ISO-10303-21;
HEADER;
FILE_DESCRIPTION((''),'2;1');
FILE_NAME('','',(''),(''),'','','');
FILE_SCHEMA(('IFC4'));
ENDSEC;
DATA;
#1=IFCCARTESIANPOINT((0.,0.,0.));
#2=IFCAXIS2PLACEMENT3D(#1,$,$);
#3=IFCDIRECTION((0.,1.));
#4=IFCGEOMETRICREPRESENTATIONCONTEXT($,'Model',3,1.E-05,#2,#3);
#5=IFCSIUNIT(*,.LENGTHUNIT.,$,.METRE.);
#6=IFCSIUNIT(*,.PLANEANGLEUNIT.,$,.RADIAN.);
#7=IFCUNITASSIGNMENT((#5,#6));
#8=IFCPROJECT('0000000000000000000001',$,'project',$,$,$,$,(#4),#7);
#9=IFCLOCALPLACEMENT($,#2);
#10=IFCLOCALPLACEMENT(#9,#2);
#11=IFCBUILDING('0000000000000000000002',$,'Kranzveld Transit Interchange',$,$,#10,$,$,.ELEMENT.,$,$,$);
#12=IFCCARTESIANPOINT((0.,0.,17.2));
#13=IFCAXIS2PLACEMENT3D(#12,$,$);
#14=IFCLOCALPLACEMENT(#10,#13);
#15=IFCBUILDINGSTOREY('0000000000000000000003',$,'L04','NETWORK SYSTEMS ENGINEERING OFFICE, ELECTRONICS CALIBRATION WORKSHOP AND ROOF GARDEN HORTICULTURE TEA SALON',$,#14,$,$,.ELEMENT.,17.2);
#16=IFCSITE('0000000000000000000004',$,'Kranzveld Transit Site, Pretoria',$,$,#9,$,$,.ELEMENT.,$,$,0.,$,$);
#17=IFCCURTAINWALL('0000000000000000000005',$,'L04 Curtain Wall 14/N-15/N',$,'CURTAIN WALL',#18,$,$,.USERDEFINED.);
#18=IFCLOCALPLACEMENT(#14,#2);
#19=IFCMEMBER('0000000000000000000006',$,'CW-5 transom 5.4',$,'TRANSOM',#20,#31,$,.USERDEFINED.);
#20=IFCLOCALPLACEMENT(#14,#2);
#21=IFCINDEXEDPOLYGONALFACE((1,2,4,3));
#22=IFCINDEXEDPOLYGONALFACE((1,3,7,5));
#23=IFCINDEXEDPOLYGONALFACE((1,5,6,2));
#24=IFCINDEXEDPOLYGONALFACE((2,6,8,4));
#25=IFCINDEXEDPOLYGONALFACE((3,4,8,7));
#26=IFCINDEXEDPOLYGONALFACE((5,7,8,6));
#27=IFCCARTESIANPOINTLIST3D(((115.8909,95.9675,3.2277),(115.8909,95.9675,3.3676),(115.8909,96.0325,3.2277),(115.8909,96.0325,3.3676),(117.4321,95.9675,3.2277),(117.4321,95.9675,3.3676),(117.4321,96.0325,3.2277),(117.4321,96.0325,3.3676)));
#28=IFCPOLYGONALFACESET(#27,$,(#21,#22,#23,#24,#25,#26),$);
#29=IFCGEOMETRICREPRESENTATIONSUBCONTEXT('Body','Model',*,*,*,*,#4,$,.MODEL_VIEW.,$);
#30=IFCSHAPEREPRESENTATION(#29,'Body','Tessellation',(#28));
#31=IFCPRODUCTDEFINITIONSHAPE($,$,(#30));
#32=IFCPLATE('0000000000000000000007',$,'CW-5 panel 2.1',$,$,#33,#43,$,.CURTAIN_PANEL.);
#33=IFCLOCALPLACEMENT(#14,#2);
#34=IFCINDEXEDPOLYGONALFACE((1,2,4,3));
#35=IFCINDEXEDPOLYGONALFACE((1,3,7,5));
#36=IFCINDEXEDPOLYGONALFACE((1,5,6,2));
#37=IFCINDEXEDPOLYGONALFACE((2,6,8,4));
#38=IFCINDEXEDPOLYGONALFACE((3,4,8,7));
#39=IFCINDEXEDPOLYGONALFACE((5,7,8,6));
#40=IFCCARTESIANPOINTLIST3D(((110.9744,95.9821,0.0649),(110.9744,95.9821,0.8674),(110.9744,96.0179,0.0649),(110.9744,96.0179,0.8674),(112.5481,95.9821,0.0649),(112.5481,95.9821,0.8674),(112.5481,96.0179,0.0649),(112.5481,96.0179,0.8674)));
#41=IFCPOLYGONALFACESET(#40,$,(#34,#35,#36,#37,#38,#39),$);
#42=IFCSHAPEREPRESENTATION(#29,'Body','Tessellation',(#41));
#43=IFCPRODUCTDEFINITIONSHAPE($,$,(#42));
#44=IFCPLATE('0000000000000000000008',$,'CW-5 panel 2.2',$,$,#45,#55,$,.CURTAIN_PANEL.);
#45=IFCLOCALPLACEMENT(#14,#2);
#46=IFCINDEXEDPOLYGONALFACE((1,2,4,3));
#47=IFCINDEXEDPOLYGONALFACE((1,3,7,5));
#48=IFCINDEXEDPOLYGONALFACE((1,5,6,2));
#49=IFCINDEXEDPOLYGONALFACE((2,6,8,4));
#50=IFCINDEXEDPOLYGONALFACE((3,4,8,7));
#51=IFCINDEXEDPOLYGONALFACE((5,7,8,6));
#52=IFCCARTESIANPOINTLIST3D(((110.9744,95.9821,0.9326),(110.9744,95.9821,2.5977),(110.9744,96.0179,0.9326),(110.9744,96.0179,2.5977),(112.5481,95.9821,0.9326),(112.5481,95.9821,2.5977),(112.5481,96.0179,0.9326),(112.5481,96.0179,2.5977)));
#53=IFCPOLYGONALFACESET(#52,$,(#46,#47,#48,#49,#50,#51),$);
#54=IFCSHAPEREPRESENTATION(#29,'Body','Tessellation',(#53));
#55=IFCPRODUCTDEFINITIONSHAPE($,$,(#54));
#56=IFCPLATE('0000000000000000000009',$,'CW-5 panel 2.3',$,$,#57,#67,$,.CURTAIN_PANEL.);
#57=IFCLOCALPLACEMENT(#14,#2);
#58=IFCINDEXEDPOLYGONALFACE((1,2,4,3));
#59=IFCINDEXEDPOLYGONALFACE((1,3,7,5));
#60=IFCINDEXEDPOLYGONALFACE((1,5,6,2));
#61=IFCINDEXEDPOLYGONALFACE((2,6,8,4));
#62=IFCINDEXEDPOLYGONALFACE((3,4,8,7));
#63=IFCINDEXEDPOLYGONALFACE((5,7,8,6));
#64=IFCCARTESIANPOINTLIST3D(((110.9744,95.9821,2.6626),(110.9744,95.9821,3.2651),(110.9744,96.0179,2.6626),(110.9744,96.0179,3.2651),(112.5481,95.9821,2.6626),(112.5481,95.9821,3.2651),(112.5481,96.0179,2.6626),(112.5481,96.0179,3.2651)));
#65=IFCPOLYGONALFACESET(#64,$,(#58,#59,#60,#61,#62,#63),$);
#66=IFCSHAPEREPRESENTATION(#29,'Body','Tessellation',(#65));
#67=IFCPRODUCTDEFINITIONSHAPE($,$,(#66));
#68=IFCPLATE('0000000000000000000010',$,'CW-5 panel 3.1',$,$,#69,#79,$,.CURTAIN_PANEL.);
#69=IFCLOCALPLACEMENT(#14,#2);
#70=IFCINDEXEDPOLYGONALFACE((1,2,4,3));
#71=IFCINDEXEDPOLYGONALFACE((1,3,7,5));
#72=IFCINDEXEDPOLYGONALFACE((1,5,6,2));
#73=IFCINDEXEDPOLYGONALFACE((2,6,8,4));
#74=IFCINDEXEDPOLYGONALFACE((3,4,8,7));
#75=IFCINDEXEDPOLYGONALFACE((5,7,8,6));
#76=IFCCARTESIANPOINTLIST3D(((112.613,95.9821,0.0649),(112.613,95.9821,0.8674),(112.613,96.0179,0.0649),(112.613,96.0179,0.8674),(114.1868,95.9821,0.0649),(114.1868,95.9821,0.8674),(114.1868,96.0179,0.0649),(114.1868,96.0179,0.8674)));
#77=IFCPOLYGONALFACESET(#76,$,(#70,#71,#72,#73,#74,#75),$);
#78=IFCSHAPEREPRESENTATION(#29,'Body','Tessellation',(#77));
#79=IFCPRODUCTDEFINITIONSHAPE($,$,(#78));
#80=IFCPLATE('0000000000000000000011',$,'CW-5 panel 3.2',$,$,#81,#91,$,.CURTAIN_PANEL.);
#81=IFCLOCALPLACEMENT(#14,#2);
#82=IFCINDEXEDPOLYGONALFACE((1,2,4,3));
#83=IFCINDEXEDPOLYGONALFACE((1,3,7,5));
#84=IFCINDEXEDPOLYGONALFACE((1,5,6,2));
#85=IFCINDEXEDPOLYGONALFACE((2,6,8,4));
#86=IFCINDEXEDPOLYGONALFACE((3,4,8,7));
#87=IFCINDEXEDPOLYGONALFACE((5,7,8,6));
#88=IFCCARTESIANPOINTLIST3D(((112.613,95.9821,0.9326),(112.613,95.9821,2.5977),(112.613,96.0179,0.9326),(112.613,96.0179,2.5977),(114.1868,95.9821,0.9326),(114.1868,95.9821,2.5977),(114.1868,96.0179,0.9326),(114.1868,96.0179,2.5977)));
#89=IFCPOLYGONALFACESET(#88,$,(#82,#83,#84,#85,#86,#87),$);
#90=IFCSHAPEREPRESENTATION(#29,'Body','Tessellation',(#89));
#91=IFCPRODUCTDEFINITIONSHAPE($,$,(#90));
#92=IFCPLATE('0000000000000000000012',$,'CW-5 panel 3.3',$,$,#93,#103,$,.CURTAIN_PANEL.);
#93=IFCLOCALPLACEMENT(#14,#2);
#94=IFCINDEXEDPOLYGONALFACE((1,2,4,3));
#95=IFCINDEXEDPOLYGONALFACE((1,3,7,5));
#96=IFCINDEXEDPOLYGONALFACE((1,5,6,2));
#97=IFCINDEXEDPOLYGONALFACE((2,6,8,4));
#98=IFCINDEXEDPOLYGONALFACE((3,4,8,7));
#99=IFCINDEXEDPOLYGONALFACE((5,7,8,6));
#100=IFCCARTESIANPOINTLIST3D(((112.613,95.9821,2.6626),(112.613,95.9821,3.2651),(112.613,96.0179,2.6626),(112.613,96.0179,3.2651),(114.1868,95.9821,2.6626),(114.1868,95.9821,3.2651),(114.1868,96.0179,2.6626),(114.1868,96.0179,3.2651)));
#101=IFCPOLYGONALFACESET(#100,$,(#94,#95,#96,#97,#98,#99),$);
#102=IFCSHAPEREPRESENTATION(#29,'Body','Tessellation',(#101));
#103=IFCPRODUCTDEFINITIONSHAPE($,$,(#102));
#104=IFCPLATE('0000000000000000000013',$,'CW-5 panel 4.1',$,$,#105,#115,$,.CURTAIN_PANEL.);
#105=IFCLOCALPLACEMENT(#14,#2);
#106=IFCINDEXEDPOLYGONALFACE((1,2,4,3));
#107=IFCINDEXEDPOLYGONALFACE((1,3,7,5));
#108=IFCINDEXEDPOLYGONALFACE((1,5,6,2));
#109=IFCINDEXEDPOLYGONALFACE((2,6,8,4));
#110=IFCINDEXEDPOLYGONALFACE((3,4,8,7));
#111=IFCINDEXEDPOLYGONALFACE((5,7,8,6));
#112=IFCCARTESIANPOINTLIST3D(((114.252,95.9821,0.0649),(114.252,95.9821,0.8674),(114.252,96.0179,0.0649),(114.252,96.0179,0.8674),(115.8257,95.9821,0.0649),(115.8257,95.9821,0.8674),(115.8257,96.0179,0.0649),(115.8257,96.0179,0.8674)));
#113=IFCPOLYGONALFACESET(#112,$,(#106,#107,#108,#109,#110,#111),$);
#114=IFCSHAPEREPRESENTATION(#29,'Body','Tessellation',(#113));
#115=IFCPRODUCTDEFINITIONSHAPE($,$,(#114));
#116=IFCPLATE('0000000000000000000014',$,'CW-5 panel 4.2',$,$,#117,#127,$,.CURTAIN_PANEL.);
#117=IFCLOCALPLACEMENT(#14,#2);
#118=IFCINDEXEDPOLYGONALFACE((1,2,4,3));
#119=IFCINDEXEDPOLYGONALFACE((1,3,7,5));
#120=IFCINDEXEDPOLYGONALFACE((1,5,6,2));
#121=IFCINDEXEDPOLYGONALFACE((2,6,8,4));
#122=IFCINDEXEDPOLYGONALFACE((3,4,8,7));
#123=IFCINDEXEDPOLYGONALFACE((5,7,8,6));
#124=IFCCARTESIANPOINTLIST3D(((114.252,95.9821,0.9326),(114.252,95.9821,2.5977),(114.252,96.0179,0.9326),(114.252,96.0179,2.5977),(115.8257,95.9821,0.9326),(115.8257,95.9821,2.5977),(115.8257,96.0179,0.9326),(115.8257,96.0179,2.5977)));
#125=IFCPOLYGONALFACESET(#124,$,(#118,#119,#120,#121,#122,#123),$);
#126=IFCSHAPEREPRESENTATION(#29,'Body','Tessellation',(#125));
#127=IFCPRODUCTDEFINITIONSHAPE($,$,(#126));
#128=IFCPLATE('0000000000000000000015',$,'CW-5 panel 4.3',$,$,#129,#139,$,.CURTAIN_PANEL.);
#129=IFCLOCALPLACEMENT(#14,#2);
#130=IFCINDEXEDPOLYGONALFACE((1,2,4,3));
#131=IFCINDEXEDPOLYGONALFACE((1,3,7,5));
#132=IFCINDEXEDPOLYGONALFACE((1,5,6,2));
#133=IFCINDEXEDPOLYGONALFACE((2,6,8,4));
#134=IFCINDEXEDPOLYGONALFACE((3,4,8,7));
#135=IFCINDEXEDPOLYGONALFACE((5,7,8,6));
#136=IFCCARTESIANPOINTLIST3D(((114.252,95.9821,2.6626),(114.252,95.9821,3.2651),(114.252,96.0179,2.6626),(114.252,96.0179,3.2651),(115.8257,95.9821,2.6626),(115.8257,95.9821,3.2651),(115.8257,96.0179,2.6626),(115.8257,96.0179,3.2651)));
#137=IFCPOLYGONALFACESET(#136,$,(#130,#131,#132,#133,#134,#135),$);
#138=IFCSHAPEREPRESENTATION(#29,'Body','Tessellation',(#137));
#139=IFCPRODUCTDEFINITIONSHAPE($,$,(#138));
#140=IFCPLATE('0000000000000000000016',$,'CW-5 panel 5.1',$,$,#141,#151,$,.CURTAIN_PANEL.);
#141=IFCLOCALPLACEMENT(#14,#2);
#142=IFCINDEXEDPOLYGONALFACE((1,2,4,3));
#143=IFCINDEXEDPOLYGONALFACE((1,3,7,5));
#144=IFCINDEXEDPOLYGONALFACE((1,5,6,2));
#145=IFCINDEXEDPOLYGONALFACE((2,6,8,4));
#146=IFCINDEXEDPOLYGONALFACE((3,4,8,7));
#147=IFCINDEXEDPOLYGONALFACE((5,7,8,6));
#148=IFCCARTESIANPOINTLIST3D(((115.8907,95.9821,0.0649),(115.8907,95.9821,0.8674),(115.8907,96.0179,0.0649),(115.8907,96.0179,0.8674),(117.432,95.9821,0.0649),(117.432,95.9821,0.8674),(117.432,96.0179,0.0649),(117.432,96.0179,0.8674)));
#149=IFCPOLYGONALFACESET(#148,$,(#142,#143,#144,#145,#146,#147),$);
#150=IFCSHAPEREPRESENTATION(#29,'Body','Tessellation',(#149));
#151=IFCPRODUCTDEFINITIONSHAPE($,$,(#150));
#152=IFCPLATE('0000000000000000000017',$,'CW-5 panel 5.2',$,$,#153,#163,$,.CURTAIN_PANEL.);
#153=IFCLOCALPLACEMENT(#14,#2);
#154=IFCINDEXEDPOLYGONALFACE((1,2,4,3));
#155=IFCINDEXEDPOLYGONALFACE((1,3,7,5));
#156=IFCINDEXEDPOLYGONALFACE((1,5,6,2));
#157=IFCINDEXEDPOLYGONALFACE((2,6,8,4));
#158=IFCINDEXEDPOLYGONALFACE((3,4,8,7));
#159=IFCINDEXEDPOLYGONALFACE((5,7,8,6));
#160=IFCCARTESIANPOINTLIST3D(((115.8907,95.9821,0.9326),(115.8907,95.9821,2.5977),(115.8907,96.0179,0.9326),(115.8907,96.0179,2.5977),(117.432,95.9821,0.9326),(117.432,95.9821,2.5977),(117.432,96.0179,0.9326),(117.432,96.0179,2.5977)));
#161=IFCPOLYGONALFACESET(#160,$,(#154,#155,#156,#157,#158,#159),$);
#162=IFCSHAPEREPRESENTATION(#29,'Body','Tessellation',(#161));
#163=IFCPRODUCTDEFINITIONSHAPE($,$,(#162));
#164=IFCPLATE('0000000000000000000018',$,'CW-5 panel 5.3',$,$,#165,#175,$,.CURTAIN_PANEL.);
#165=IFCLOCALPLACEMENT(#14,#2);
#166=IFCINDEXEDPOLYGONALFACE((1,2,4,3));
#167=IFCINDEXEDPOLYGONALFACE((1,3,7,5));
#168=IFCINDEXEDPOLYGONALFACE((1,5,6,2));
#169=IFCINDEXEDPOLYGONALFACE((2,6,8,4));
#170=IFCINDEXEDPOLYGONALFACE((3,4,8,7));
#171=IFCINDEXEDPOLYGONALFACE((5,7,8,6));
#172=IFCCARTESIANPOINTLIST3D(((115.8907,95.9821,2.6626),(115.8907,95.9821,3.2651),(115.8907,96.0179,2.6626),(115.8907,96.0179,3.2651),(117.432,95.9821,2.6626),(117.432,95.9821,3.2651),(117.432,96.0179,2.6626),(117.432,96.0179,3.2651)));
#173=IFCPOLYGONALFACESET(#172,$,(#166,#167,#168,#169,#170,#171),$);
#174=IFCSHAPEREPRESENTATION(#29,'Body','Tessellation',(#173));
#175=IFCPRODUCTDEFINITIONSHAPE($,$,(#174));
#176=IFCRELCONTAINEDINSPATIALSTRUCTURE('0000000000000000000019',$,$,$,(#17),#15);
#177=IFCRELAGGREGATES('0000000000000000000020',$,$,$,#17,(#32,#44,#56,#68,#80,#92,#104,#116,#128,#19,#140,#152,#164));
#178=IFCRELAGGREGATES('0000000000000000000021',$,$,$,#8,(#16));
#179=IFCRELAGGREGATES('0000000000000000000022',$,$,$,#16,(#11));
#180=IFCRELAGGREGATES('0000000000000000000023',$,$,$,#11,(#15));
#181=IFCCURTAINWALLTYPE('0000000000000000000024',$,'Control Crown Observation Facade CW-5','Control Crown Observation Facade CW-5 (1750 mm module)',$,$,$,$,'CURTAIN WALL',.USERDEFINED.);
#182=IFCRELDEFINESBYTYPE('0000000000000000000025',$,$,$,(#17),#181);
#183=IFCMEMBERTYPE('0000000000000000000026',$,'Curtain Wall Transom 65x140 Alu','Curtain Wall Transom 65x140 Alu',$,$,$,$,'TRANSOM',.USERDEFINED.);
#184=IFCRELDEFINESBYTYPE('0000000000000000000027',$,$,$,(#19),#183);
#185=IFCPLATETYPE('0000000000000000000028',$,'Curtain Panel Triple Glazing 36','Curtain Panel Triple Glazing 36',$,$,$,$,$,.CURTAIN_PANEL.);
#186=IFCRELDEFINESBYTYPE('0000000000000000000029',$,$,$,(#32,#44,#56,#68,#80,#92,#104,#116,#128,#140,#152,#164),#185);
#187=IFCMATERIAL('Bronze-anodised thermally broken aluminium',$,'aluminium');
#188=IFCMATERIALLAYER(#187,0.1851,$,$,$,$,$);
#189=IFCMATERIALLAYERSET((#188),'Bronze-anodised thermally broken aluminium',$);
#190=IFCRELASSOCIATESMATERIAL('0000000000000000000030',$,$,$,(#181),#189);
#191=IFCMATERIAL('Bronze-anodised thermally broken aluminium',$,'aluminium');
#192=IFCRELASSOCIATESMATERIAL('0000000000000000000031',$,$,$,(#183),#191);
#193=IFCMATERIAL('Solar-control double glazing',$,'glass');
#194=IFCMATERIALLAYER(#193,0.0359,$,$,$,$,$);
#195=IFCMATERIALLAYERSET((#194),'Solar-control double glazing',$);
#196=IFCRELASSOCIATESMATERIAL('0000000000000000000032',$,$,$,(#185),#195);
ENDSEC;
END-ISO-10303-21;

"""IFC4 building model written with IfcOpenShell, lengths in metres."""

from ifc_helpers import new_model, si_unit, direction, frame, origin, origin_2d, place, context, subcontext, project, spatial, rectangle, extrude, material, layer, layer_set, material_profile, profile_set, type_object, element, aggregate, save


model = new_model("IFC4")

# Units and contexts
model_context = context("Model", 3, precision=1e-05, world=origin(), true_north=direction((0.0, 1.0)))
body_context = subcontext(model_context, "Body", "Model", "MODEL_VIEW")
ifc_project = project(units=[si_unit("LENGTHUNIT", "METRE"), si_unit("PLANEANGLEUNIT", "RADIAN")], contexts=[model_context])

# Site, building, storey
site_placement = place(None, origin())
site = spatial("IfcSite", under=ifc_project, at=site_placement, Name="Kranzveld Transit Site, Pretoria", CompositionType="ELEMENT", RefElevation=0.0)
building_placement = place(site_placement, origin())
building = spatial("IfcBuilding", under=site, at=building_placement, Name="Kranzveld Transit Interchange", CompositionType="ELEMENT")
storey_placement = place(building_placement, frame((0.0, 0.0, 17.2)))
storey = spatial("IfcBuildingStorey", under=building, at=storey_placement, Name="L04", Description="NETWORK SYSTEMS ENGINEERING OFFICE, ELECTRONICS CALIBRATION WORKSHOP AND ROOF GARDEN HORTICULTURE TEA SALON", CompositionType="ELEMENT", Elevation=17.2)

# Curtain wall, member, plates
ifc_material_1 = material(Name="Bronze-anodised thermally broken aluminium", Category="aluminium")
ifc_layer_1 = layer(ifc_material_1, 0.1851)
ifc_layer_set_1 = layer_set([ifc_layer_1], Name="Bronze-anodised thermally broken aluminium")
curtain_wall_type = type_object("IfcCurtainWallType", Name="Control Crown Observation Facade CW-5", Description="Control Crown Observation Facade CW-5 (1750 mm module)", ElementType="CURTAIN WALL", PredefinedType="USERDEFINED", material=ifc_layer_set_1)
curtain_wall_placement = place(storey_placement, origin())
curtain_wall = element("IfcCurtainWall", 1, at=curtain_wall_placement, inside=storey, type_object=curtain_wall_type, Name="L04 Curtain Wall 14/N-15/N", ObjectType="CURTAIN WALL", PredefinedType="USERDEFINED")
ifc_material_2 = material(Name="Bronze-anodised thermally broken aluminium", Category="aluminium")
ifc_material_profile_1 = material_profile(ifc_material_2, rectangle(XDim=0.0649, YDim=0.1399, at=origin_2d()), Name="ALU TRANSOM 65x140")
ifc_profile_set_1 = profile_set([ifc_material_profile_1], Name="Bronze-anodised thermally broken aluminium")
member_type_1 = type_object("IfcMemberType", Name="Curtain Wall Transom 65x140 Alu", Description="Curtain Wall Transom 65x140 Alu", ElementType="TRANSOM", PredefinedType="USERDEFINED", material=ifc_profile_set_1)
member_1_placement = place(storey_placement, frame((115.8909, 96.0, 3.2976), z_axis=(1.0, 0.0, 0.0), x_axis=(0.0, 1.0, 0.0)))
member_1 = element("IfcMember", 2, at=member_1_placement, type_object=member_type_1, Name="CW-5 transom 5.4", ObjectType="TRANSOM", PredefinedType="USERDEFINED", context=body_context, shape_type="SweptSolid", body=[
    extrude(rectangle(XDim=0.0649, YDim=0.1399, at=origin_2d()), origin(), (0.0, 0.0, 1.0), 1.5413),
])
ifc_material_3 = material(Name="Solar-control double glazing", Category="glass")
ifc_layer_2 = layer(ifc_material_3, 0.0359)
ifc_layer_set_2 = layer_set([ifc_layer_2], Name="Solar-control double glazing")
plate_type = type_object("IfcPlateType", Name="Curtain Panel Triple Glazing 36", Description="Curtain Panel Triple Glazing 36", PredefinedType="CURTAIN_PANEL", material=ifc_layer_set_2)
plate_1_placement = place(storey_placement, frame((111.7612, 96.0, 0.0649), z_axis=(0.0, 0.0, 1.0), x_axis=(1.0, 0.0, 0.0)))
plate_1 = element("IfcPlate", 3, at=plate_1_placement, type_object=plate_type, Name="CW-5 panel 2.1", PredefinedType="CURTAIN_PANEL", context=body_context, shape_type="SweptSolid", body=[
    extrude(rectangle(XDim=1.5737, YDim=0.0359, at=origin_2d()), origin(), (0.0, 0.0, 1.0), 0.8025),
])
plate_2_placement = place(storey_placement, frame((111.7612, 96.0, 0.9326), z_axis=(0.0, 0.0, 1.0), x_axis=(1.0, 0.0, 0.0)))
plate_2 = element("IfcPlate", 4, at=plate_2_placement, type_object=plate_type, Name="CW-5 panel 2.2", PredefinedType="CURTAIN_PANEL", context=body_context, shape_type="SweptSolid", body=[
    extrude(rectangle(XDim=1.5737, YDim=0.0359, at=origin_2d()), origin(), (0.0, 0.0, 1.0), 1.665),
])
plate_3_placement = place(storey_placement, frame((111.7612, 96.0, 2.6626), z_axis=(0.0, 0.0, 1.0), x_axis=(1.0, 0.0, 0.0)))
plate_3 = element("IfcPlate", 5, at=plate_3_placement, type_object=plate_type, Name="CW-5 panel 2.3", PredefinedType="CURTAIN_PANEL", context=body_context, shape_type="SweptSolid", body=[
    extrude(rectangle(XDim=1.5737, YDim=0.0359, at=origin_2d()), origin(), (0.0, 0.0, 1.0), 0.6025),
])
plate_4_placement = place(storey_placement, frame((113.3999, 96.0, 0.0649), z_axis=(0.0, 0.0, 1.0), x_axis=(1.0, 0.0, 0.0)))
plate_4 = element("IfcPlate", 6, at=plate_4_placement, type_object=plate_type, Name="CW-5 panel 3.1", PredefinedType="CURTAIN_PANEL", context=body_context, shape_type="SweptSolid", body=[
    extrude(rectangle(XDim=1.5737, YDim=0.0359, at=origin_2d()), origin(), (0.0, 0.0, 1.0), 0.8025),
])
plate_5_placement = place(storey_placement, frame((113.3999, 96.0, 0.9326), z_axis=(0.0, 0.0, 1.0), x_axis=(1.0, 0.0, 0.0)))
plate_5 = element("IfcPlate", 7, at=plate_5_placement, type_object=plate_type, Name="CW-5 panel 3.2", PredefinedType="CURTAIN_PANEL", context=body_context, shape_type="SweptSolid", body=[
    extrude(rectangle(XDim=1.5737, YDim=0.0359, at=origin_2d()), origin(), (0.0, 0.0, 1.0), 1.665),
])
plate_6_placement = place(storey_placement, frame((113.3999, 96.0, 2.6626), z_axis=(0.0, 0.0, 1.0), x_axis=(1.0, 0.0, 0.0)))
plate_6 = element("IfcPlate", 8, at=plate_6_placement, type_object=plate_type, Name="CW-5 panel 3.3", PredefinedType="CURTAIN_PANEL", context=body_context, shape_type="SweptSolid", body=[
    extrude(rectangle(XDim=1.5737, YDim=0.0359, at=origin_2d()), origin(), (0.0, 0.0, 1.0), 0.6025),
])
plate_7_placement = place(storey_placement, frame((115.0388, 96.0, 0.0649), z_axis=(0.0, 0.0, 1.0), x_axis=(1.0, 0.0, 0.0)))
plate_7 = element("IfcPlate", 9, at=plate_7_placement, type_object=plate_type, Name="CW-5 panel 4.1", PredefinedType="CURTAIN_PANEL", context=body_context, shape_type="SweptSolid", body=[
    extrude(rectangle(XDim=1.5737, YDim=0.0359, at=origin_2d()), origin(), (0.0, 0.0, 1.0), 0.8025),
])
plate_8_placement = place(storey_placement, frame((115.0388, 96.0, 0.9326), z_axis=(0.0, 0.0, 1.0), x_axis=(1.0, 0.0, 0.0)))
plate_8 = element("IfcPlate", 10, at=plate_8_placement, type_object=plate_type, Name="CW-5 panel 4.2", PredefinedType="CURTAIN_PANEL", context=body_context, shape_type="SweptSolid", body=[
    extrude(rectangle(XDim=1.5737, YDim=0.0359, at=origin_2d()), origin(), (0.0, 0.0, 1.0), 1.665),
])
plate_9_placement = place(storey_placement, frame((115.0388, 96.0, 2.6626), z_axis=(0.0, 0.0, 1.0), x_axis=(1.0, 0.0, 0.0)))
plate_9 = element("IfcPlate", 11, at=plate_9_placement, type_object=plate_type, Name="CW-5 panel 4.3", PredefinedType="CURTAIN_PANEL", context=body_context, shape_type="SweptSolid", body=[
    extrude(rectangle(XDim=1.5737, YDim=0.0359, at=origin_2d()), origin(), (0.0, 0.0, 1.0), 0.6025),
])
plate_10_placement = place(storey_placement, frame((116.6614, 96.0, 0.0649), z_axis=(0.0, 0.0, 1.0), x_axis=(1.0, 0.0, 0.0)))
plate_10 = element("IfcPlate", 12, at=plate_10_placement, type_object=plate_type, Name="CW-5 panel 5.1", PredefinedType="CURTAIN_PANEL", context=body_context, shape_type="SweptSolid", body=[
    extrude(rectangle(XDim=1.5413, YDim=0.0359, at=origin_2d()), origin(), (0.0, 0.0, 1.0), 0.8025),
])
plate_11_placement = place(storey_placement, frame((116.6614, 96.0, 0.9326), z_axis=(0.0, 0.0, 1.0), x_axis=(1.0, 0.0, 0.0)))
plate_11 = element("IfcPlate", 13, at=plate_11_placement, type_object=plate_type, Name="CW-5 panel 5.2", PredefinedType="CURTAIN_PANEL", context=body_context, shape_type="SweptSolid", body=[
    extrude(rectangle(XDim=1.5413, YDim=0.0359, at=origin_2d()), origin(), (0.0, 0.0, 1.0), 1.665),
])
plate_12_placement = place(storey_placement, frame((116.6614, 96.0, 2.6626), z_axis=(0.0, 0.0, 1.0), x_axis=(1.0, 0.0, 0.0)))
plate_12 = element("IfcPlate", 14, at=plate_12_placement, type_object=plate_type, Name="CW-5 panel 5.3", PredefinedType="CURTAIN_PANEL", context=body_context, shape_type="SweptSolid", body=[
    extrude(rectangle(XDim=1.5413, YDim=0.0359, at=origin_2d()), origin(), (0.0, 0.0, 1.0), 0.6025),
])
aggregate(curtain_wall, [plate_1, plate_2, plate_3, plate_4, plate_5, plate_6, plate_7, plate_8, plate_9, member_1, plate_10, plate_11, plate_12])

save(model, "model.ifc")
